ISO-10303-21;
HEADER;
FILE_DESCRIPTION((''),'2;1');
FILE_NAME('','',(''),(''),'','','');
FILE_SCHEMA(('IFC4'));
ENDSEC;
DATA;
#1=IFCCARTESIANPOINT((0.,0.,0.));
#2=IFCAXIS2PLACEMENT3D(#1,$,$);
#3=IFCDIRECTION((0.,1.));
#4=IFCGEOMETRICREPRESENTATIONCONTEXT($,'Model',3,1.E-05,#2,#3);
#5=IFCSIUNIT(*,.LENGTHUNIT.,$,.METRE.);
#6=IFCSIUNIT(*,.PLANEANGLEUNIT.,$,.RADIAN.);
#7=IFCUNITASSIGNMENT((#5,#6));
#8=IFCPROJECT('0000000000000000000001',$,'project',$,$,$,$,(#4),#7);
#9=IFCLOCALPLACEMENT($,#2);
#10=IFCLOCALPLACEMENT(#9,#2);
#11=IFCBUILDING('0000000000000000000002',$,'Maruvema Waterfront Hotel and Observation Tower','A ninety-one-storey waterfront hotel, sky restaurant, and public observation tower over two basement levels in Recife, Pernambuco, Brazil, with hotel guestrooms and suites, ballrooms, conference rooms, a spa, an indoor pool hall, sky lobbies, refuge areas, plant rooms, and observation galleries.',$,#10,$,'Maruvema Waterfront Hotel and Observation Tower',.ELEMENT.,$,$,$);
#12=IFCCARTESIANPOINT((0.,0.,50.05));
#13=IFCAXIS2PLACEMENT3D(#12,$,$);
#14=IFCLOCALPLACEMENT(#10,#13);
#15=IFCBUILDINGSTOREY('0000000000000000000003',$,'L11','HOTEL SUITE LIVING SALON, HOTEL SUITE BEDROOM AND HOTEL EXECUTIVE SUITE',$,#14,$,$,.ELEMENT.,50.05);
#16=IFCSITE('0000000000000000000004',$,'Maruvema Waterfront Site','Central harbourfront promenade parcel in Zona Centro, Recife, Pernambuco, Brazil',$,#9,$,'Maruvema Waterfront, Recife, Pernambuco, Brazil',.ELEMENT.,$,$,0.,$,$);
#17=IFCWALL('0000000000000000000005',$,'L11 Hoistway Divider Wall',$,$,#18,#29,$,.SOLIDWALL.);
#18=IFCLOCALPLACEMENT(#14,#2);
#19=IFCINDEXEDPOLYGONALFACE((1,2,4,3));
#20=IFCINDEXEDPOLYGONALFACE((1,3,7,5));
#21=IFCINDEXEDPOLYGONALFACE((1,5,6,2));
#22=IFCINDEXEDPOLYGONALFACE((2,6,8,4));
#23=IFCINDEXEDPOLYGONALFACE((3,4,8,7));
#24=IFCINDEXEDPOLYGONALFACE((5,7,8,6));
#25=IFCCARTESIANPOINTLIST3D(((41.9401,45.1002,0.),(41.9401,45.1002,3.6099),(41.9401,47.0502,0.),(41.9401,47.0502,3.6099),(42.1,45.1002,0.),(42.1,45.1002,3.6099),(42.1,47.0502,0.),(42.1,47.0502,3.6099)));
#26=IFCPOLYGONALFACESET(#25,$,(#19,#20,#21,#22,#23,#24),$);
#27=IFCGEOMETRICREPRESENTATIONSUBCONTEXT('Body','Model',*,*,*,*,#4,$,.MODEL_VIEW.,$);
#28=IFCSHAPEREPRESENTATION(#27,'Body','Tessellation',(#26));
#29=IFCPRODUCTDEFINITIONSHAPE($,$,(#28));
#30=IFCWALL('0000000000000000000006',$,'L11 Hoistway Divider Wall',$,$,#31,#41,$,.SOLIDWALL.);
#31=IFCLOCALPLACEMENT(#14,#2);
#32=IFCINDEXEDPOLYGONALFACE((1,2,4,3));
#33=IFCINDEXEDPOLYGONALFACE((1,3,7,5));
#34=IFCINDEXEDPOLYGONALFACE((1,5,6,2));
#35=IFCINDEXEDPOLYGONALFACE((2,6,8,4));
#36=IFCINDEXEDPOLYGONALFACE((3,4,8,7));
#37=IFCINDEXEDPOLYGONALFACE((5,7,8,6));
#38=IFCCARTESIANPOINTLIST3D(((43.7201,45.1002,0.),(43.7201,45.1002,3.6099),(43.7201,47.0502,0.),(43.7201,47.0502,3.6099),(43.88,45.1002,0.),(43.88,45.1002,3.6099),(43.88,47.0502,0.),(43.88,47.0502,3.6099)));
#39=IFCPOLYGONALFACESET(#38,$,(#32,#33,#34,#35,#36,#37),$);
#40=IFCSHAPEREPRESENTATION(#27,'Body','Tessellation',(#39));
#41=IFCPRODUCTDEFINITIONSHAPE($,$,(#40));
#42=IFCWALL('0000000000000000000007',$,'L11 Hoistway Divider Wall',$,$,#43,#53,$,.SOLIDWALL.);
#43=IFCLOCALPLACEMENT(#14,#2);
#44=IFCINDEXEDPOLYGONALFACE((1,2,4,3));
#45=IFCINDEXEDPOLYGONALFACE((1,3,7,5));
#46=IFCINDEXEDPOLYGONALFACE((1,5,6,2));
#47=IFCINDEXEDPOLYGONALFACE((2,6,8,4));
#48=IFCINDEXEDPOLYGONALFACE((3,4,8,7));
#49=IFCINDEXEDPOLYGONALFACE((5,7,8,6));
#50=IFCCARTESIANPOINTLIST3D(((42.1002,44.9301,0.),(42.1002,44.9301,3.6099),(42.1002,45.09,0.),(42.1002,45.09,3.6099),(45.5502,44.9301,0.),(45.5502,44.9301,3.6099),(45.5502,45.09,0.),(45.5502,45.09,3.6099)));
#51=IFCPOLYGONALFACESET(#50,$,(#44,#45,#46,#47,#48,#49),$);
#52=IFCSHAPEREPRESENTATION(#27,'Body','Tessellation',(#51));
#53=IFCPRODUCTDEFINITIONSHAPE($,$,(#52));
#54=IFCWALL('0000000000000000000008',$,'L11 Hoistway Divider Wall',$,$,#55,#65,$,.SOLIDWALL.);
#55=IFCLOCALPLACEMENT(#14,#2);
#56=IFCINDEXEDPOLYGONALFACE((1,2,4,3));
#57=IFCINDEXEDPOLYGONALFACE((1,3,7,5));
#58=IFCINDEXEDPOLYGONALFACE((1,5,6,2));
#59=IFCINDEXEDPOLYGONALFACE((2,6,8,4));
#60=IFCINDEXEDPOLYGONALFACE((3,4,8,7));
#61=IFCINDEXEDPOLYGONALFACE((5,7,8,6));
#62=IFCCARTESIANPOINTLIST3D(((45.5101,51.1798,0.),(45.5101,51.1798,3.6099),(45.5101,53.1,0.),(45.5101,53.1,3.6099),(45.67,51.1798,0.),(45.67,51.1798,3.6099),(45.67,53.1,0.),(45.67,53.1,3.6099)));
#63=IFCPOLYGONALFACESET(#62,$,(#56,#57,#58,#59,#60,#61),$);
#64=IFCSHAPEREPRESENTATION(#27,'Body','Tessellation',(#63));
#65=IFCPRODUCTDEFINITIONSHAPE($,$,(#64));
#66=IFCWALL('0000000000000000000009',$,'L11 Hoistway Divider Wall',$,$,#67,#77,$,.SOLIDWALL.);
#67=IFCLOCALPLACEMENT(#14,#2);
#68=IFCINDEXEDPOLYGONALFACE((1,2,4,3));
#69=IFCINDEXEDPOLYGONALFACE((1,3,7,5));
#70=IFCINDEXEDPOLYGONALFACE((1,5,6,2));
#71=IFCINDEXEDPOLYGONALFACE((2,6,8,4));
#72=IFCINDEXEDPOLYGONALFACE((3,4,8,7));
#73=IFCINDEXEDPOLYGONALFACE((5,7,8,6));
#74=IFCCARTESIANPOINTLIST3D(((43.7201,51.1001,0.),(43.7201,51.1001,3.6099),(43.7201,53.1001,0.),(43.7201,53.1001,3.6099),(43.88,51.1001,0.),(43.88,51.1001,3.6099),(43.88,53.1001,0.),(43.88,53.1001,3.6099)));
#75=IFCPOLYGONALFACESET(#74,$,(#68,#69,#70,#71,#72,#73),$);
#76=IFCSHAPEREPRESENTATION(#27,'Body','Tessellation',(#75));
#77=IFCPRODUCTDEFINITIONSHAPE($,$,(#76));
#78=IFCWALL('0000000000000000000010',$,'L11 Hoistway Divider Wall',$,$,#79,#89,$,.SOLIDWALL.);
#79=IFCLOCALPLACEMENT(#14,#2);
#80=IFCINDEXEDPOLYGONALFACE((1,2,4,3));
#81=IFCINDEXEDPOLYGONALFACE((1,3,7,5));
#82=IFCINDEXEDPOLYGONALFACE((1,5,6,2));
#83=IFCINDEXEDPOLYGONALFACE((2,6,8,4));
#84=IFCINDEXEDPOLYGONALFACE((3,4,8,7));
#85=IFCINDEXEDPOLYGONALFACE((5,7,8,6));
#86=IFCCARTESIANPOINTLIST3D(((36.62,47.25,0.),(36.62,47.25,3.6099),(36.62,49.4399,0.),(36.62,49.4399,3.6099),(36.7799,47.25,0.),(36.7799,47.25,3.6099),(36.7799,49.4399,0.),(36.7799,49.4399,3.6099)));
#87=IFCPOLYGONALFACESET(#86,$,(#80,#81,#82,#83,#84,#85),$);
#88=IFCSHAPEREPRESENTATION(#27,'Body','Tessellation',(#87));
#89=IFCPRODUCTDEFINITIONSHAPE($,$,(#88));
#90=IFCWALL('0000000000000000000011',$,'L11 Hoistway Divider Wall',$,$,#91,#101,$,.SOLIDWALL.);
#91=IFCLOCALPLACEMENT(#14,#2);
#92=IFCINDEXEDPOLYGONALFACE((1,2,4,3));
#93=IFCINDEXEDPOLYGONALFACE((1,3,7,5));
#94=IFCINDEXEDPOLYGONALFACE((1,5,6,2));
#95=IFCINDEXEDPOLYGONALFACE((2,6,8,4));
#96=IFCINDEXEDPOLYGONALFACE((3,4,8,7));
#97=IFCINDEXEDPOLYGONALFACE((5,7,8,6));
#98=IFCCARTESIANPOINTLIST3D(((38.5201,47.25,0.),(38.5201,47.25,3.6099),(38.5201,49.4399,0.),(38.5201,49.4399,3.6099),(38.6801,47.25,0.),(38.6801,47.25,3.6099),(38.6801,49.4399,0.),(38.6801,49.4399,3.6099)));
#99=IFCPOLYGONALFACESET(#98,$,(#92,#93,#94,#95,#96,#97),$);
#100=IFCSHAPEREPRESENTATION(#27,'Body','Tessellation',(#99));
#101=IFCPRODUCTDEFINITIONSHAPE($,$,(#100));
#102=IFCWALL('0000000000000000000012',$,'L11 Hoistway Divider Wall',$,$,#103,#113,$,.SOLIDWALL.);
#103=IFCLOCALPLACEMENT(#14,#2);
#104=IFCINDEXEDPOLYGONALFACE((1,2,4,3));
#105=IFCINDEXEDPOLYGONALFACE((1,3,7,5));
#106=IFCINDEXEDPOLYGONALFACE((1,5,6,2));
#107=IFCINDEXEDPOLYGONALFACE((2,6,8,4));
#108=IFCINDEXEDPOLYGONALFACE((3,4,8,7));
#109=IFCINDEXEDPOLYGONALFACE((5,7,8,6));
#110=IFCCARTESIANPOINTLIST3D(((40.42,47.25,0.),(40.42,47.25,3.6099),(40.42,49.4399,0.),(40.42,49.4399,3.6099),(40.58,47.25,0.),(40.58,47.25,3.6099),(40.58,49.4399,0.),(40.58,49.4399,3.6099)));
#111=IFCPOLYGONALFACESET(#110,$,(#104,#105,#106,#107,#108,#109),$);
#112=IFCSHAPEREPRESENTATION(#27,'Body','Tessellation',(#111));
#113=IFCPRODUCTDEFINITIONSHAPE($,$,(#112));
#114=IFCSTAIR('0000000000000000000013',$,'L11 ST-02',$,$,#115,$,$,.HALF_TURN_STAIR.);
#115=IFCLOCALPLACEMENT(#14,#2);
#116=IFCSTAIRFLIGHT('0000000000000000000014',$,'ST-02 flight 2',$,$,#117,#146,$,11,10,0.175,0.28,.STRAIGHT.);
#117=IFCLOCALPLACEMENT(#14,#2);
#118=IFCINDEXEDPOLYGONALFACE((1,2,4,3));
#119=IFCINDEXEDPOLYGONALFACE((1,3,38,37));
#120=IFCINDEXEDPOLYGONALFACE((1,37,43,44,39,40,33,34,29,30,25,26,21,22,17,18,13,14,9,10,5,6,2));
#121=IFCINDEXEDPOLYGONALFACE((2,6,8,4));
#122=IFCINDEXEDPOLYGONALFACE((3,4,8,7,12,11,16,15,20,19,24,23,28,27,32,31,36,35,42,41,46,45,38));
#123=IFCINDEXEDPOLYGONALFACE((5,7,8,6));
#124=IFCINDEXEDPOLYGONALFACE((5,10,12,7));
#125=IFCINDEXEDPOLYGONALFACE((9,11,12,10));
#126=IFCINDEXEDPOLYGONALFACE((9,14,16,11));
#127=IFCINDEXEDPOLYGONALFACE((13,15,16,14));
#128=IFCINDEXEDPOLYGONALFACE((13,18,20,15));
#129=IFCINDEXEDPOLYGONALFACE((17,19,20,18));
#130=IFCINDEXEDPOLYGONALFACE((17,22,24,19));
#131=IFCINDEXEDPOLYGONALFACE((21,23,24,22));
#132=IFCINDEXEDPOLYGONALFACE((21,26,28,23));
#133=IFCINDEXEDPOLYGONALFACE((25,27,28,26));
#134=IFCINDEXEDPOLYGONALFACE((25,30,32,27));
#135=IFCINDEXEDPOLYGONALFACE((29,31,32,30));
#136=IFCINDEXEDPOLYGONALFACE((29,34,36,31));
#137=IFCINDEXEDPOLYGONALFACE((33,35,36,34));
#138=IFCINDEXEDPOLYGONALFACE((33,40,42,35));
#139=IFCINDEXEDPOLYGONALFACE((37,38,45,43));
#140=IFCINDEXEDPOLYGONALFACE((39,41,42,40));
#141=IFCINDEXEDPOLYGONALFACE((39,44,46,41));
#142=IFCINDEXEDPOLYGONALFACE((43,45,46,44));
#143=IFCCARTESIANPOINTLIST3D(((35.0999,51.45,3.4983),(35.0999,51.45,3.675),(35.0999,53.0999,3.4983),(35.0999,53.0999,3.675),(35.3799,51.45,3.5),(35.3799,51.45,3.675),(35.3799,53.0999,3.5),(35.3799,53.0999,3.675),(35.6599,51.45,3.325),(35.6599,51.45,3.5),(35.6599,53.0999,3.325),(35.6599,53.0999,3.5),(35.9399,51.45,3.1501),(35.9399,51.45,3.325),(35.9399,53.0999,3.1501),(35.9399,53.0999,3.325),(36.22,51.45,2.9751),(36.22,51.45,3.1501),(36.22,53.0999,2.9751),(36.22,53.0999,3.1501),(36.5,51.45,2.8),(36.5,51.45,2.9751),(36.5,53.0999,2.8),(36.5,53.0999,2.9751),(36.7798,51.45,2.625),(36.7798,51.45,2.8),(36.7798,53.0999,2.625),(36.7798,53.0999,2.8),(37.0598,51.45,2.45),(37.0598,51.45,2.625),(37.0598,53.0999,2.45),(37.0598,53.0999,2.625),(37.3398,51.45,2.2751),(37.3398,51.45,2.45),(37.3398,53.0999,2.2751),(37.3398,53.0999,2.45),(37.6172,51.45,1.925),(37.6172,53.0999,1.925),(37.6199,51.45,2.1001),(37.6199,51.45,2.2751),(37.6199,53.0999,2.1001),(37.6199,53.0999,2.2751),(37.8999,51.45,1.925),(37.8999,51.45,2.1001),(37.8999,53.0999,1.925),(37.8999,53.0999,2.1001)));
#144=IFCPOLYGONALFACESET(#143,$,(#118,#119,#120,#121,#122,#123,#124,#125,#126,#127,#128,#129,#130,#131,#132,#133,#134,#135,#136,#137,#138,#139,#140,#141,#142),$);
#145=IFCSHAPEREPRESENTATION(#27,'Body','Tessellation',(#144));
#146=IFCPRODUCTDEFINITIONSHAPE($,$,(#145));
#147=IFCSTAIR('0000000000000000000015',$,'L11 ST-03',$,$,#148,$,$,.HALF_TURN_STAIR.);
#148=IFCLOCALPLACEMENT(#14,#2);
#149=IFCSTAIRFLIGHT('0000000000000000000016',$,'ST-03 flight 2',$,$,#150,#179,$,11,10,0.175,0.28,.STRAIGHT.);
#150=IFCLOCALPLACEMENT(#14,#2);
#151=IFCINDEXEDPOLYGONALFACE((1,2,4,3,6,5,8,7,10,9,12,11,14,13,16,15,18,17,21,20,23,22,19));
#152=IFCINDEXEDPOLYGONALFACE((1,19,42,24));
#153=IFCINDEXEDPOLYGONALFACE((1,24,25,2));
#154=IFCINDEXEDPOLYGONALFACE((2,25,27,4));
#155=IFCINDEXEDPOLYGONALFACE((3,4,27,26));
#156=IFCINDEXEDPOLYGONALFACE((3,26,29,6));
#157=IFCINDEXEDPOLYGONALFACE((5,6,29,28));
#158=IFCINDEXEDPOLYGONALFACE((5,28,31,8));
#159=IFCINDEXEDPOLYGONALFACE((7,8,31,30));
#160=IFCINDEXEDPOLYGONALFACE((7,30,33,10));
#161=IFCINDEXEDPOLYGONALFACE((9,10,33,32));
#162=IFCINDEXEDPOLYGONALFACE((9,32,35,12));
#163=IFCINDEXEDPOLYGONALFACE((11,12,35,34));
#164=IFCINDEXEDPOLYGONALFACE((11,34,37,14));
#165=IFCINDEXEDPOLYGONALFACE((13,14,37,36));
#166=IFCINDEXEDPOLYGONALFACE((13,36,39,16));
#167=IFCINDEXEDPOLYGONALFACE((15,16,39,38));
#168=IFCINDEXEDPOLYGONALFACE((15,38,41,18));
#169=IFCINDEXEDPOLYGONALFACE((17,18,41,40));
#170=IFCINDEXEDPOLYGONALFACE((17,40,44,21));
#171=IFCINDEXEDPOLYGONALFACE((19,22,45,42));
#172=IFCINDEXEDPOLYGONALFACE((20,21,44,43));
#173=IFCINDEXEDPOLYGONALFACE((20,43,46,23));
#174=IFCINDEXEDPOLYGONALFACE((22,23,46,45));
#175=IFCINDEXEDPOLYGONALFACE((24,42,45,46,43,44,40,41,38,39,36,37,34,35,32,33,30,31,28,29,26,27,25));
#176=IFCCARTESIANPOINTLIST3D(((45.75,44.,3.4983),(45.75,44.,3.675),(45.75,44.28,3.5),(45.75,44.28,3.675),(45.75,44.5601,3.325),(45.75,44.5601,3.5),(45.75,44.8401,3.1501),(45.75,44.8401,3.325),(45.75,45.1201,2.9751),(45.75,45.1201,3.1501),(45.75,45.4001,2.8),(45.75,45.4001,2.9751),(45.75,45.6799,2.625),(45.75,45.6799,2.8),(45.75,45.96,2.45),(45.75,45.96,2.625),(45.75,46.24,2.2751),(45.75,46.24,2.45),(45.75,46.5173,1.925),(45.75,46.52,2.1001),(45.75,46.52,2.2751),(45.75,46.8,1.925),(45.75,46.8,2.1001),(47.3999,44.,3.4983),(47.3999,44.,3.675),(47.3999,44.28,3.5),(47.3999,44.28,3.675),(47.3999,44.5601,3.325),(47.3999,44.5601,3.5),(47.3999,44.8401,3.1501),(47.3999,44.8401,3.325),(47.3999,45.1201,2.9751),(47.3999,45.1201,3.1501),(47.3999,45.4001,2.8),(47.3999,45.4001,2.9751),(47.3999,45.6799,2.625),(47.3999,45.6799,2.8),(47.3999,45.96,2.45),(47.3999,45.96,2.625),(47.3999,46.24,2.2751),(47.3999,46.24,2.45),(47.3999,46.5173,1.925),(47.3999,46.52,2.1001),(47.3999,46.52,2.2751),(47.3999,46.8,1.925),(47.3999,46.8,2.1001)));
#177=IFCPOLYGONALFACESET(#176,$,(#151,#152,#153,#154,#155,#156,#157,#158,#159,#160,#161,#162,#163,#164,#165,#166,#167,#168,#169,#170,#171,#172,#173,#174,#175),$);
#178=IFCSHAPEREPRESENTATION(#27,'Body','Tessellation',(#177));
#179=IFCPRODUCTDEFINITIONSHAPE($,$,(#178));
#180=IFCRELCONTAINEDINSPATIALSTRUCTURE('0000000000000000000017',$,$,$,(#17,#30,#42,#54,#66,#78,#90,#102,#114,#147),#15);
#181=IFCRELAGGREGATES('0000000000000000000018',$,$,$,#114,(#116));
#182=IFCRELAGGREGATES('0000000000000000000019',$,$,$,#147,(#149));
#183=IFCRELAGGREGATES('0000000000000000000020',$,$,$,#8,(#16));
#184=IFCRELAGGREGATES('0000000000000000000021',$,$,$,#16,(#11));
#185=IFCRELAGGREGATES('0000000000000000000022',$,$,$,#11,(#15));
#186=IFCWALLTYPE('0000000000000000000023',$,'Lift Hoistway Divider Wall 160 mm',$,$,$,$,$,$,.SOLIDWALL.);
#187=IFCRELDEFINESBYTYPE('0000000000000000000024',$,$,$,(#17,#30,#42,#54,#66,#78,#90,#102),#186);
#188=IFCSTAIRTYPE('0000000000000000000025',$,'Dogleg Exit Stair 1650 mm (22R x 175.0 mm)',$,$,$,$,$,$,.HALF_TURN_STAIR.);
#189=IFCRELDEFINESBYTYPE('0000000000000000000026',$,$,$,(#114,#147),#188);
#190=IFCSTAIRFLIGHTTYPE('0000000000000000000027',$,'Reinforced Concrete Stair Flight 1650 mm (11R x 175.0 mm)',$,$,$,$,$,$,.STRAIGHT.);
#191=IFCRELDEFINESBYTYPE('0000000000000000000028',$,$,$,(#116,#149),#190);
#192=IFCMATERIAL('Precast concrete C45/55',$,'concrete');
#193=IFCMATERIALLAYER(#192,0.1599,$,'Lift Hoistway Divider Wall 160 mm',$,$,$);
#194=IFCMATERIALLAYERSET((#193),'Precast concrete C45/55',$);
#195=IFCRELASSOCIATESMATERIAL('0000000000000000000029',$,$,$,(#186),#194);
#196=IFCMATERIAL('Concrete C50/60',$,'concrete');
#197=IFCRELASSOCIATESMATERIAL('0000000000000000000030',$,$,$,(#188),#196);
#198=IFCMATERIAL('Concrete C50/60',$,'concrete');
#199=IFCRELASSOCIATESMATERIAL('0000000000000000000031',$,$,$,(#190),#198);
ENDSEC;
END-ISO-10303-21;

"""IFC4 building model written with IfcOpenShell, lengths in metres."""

from ifc_helpers import new_model, si_unit, direction, frame, frame_2d, origin, place, context, subcontext, project, spatial, polyline, rectangle, outline, extrude, material, layer, layer_set, type_object, element, aggregate, save


model = new_model("IFC4")

# Units and contexts
model_context = context("Model", 3, precision=1e-05, world=origin(), true_north=direction((0.0, 1.0)))
body_context = subcontext(model_context, "Body", "Model", "MODEL_VIEW")
ifc_project = project(units=[si_unit("LENGTHUNIT", "METRE"), si_unit("PLANEANGLEUNIT", "RADIAN")], contexts=[model_context])

# Site, building, storey
site_placement = place(None, origin())
site = spatial("IfcSite", under=ifc_project, at=site_placement, Name="Maruvema Waterfront Site", Description="Central harbourfront promenade parcel in Zona Centro, Recife, Pernambuco, Brazil", LongName="Maruvema Waterfront, Recife, Pernambuco, Brazil", CompositionType="ELEMENT", RefElevation=0.0)
building_placement = place(site_placement, origin())
building = spatial("IfcBuilding", under=site, at=building_placement, Name="Maruvema Waterfront Hotel and Observation Tower", Description="A ninety-one-storey waterfront hotel, sky restaurant, and public observation tower over two basement levels in Recife, Pernambuco, Brazil, with hotel guestrooms and suites, ballrooms, conference rooms, a spa, an indoor pool hall, sky lobbies, refuge areas, plant rooms, and observation galleries.", LongName="Maruvema Waterfront Hotel and Observation Tower", CompositionType="ELEMENT")
storey_placement = place(building_placement, frame((0.0, 0.0, 50.05)))
storey = spatial("IfcBuildingStorey", under=building, at=storey_placement, Name="L11", Description="HOTEL SUITE LIVING SALON, HOTEL SUITE BEDROOM AND HOTEL EXECUTIVE SUITE", CompositionType="ELEMENT", Elevation=50.05)

# Walls
ifc_material_1 = material(Name="Precast concrete C45/55", Category="concrete")
ifc_layer_1 = layer(ifc_material_1, 0.1599, Name="Lift Hoistway Divider Wall 160 mm")
ifc_layer_set_1 = layer_set([ifc_layer_1], Name="Precast concrete C45/55")
wall_type_1 = type_object("IfcWallType", Name="Lift Hoistway Divider Wall 160 mm", PredefinedType="SOLIDWALL", material=ifc_layer_set_1)
for number, where, z_axis, x_axis, name in (
    (1, (42.02, 45.1001, 0.0), (0.0, 0.0, 1.0), (0.0, 1.0, 0.0), "L11 Hoistway Divider Wall"),
    (2, (43.8, 45.1001, 0.0), (0.0, 0.0, 1.0), (0.0, 1.0, 0.0), "L11 Hoistway Divider Wall"),
):
    element("IfcWall", number, at=place(storey_placement, frame(where, z_axis=z_axis, x_axis=x_axis)), inside=storey, type_object=wall_type_1, Name=name, PredefinedType="SOLIDWALL", context=body_context, shape_type="SweptSolid", body=[
        extrude(rectangle(XDim=1.95, YDim=0.1599, at=frame_2d((0.9751, 0.0))), origin(), (0.0, 0.0, 1.0), 3.6099),
    ])
wall_1_placement = place(storey_placement, frame((42.1001, 45.01, 0.0), z_axis=(0.0, 0.0, 1.0), x_axis=(1.0, 0.0, 0.0)))
element("IfcWall", 3, at=wall_1_placement, inside=storey, type_object=wall_type_1, Name="L11 Hoistway Divider Wall", PredefinedType="SOLIDWALL", context=body_context, shape_type="SweptSolid", body=[
    extrude(rectangle(XDim=3.45, YDim=0.1599, at=frame_2d((1.7251, 0.0))), origin(), (0.0, 0.0, 1.0), 3.6099),
])
wall_2_placement = place(storey_placement, frame((45.5901, 51.1799, 0.0), z_axis=(0.0, 0.0, 1.0), x_axis=(0.0, 1.0, 0.0)))
element("IfcWall", 4, at=wall_2_placement, inside=storey, type_object=wall_type_1, Name="L11 Hoistway Divider Wall", PredefinedType="SOLIDWALL", context=body_context, shape_type="SweptSolid", body=[
    extrude(rectangle(XDim=1.9202, YDim=0.1599, at=frame_2d((0.96, 0.0))), origin(), (0.0, 0.0, 1.0), 3.6099),
])
wall_3_placement = place(storey_placement, frame((43.8, 51.1001, 0.0), z_axis=(0.0, 0.0, 1.0), x_axis=(0.0, 1.0, 0.0)))
element("IfcWall", 5, at=wall_3_placement, inside=storey, type_object=wall_type_1, Name="L11 Hoistway Divider Wall", PredefinedType="SOLIDWALL", context=body_context, shape_type="SweptSolid", body=[
    extrude(rectangle(XDim=2.0, YDim=0.1599, at=frame_2d((1.0, 0.0))), origin(), (0.0, 0.0, 1.0), 3.6099),
])
for number, where, z_axis, x_axis, name in (
    (6, (36.7, 47.25, 0.0), (0.0, 0.0, 1.0), (0.0, 1.0, 0.0), "L11 Hoistway Divider Wall"),
    (7, (38.6001, 47.25, 0.0), (0.0, 0.0, 1.0), (0.0, 1.0, 0.0), "L11 Hoistway Divider Wall"),
    (8, (40.5, 47.25, 0.0), (0.0, 0.0, 1.0), (0.0, 1.0, 0.0), "L11 Hoistway Divider Wall"),
):
    element("IfcWall", number, at=place(storey_placement, frame(where, z_axis=z_axis, x_axis=x_axis)), inside=storey, type_object=wall_type_1, Name=name, PredefinedType="SOLIDWALL", context=body_context, shape_type="SweptSolid", body=[
        extrude(rectangle(XDim=2.1899, YDim=0.1599, at=frame_2d((1.095, 0.0))), origin(), (0.0, 0.0, 1.0), 3.6099),
    ])

# Stairs, stair flights
ifc_material_2 = material(Name="Concrete C50/60", Category="concrete")
stair_type = type_object("IfcStairType", Name="Dogleg Exit Stair 1650 mm (22R x 175.0 mm)", PredefinedType="HALF_TURN_STAIR", material=ifc_material_2)
stair_1_placement = place(storey_placement, origin())
stair_1 = element("IfcStair", 9, at=stair_1_placement, inside=storey, type_object=stair_type, Name="L11 ST-02", PredefinedType="HALF_TURN_STAIR")
ifc_material_3 = material(Name="Concrete C50/60", Category="concrete")
stair_flight_type = type_object("IfcStairFlightType", Name="Reinforced Concrete Stair Flight 1650 mm (11R x 175.0 mm)", PredefinedType="STRAIGHT", material=ifc_material_3)
stair_flight_1_placement = place(storey_placement, frame((37.8999, 52.2749, 1.925), z_axis=(0.0, 0.0, 1.0), x_axis=(-1.0, 0.0, 0.0)))
stair_flight_1 = element("IfcStairFlight", 10, at=stair_flight_1_placement, type_object=stair_flight_type, Name="ST-02 flight 2", NumberOfRisers=11, NumberOfTreads=10, PredefinedType="STRAIGHT", RiserHeight=0.175, TreadLength=0.28, context=body_context, shape_type="SweptSolid", body=[
    extrude(outline(polyline([(0.0, 0.0), (0.0, 0.175), (0.28, 0.175), (0.28, 0.3501), (0.5601, 0.3501), (0.5601, 0.5249), (0.8401, 0.5249), (0.8401, 0.7), (1.1201, 0.7), (1.1201, 0.875), (1.3999, 0.875), (1.3999, 1.05), (1.6799, 1.05), (1.6799, 1.2251), (1.96, 1.2251), (1.96, 1.3999), (2.24, 1.3999), (2.24, 1.575), (2.52, 1.575), (2.52, 1.75), (2.8, 1.75), (2.8, 1.925), (2.8, 1.5732), (0.2827, 0.0), (0.0, 0.0)])), frame((0.0, 0.825, 0.0), z_axis=(0.0, -1.0, 0.0), x_axis=(1.0, 0.0, 0.0)), (0.0, 0.0, 1.0), 1.6499),
])
aggregate(stair_1, [stair_flight_1])
stair_2_placement = place(storey_placement, origin())
stair_2 = element("IfcStair", 11, at=stair_2_placement, inside=storey, type_object=stair_type, Name="L11 ST-03", PredefinedType="HALF_TURN_STAIR")
stair_flight_2_placement = place(storey_placement, frame((46.575, 46.8, 1.925), z_axis=(0.0, 0.0, 1.0), x_axis=(0.0, -1.0, 0.0)))
stair_flight_2 = element("IfcStairFlight", 12, at=stair_flight_2_placement, type_object=stair_flight_type, Name="ST-03 flight 2", NumberOfRisers=11, NumberOfTreads=10, PredefinedType="STRAIGHT", RiserHeight=0.175, TreadLength=0.28, context=body_context, shape_type="SweptSolid", body=[
    extrude(outline(polyline([(0.0, 0.0), (0.0, 0.175), (0.28, 0.175), (0.28, 0.3501), (0.5601, 0.3501), (0.5601, 0.5249), (0.8401, 0.5249), (0.8401, 0.7), (1.1201, 0.7), (1.1201, 0.875), (1.3999, 0.875), (1.3999, 1.05), (1.6799, 1.05), (1.6799, 1.2251), (1.96, 1.2251), (1.96, 1.3999), (2.24, 1.3999), (2.24, 1.575), (2.52, 1.575), (2.52, 1.75), (2.8, 1.75), (2.8, 1.925), (2.8, 1.5732), (0.2827, 0.0), (0.0, 0.0)])), frame((0.0, 0.825, 0.0), z_axis=(0.0, -1.0, 0.0), x_axis=(1.0, 0.0, 0.0)), (0.0, 0.0, 1.0), 1.6499),
])
aggregate(stair_2, [stair_flight_2])

save(model, "model.ifc")
